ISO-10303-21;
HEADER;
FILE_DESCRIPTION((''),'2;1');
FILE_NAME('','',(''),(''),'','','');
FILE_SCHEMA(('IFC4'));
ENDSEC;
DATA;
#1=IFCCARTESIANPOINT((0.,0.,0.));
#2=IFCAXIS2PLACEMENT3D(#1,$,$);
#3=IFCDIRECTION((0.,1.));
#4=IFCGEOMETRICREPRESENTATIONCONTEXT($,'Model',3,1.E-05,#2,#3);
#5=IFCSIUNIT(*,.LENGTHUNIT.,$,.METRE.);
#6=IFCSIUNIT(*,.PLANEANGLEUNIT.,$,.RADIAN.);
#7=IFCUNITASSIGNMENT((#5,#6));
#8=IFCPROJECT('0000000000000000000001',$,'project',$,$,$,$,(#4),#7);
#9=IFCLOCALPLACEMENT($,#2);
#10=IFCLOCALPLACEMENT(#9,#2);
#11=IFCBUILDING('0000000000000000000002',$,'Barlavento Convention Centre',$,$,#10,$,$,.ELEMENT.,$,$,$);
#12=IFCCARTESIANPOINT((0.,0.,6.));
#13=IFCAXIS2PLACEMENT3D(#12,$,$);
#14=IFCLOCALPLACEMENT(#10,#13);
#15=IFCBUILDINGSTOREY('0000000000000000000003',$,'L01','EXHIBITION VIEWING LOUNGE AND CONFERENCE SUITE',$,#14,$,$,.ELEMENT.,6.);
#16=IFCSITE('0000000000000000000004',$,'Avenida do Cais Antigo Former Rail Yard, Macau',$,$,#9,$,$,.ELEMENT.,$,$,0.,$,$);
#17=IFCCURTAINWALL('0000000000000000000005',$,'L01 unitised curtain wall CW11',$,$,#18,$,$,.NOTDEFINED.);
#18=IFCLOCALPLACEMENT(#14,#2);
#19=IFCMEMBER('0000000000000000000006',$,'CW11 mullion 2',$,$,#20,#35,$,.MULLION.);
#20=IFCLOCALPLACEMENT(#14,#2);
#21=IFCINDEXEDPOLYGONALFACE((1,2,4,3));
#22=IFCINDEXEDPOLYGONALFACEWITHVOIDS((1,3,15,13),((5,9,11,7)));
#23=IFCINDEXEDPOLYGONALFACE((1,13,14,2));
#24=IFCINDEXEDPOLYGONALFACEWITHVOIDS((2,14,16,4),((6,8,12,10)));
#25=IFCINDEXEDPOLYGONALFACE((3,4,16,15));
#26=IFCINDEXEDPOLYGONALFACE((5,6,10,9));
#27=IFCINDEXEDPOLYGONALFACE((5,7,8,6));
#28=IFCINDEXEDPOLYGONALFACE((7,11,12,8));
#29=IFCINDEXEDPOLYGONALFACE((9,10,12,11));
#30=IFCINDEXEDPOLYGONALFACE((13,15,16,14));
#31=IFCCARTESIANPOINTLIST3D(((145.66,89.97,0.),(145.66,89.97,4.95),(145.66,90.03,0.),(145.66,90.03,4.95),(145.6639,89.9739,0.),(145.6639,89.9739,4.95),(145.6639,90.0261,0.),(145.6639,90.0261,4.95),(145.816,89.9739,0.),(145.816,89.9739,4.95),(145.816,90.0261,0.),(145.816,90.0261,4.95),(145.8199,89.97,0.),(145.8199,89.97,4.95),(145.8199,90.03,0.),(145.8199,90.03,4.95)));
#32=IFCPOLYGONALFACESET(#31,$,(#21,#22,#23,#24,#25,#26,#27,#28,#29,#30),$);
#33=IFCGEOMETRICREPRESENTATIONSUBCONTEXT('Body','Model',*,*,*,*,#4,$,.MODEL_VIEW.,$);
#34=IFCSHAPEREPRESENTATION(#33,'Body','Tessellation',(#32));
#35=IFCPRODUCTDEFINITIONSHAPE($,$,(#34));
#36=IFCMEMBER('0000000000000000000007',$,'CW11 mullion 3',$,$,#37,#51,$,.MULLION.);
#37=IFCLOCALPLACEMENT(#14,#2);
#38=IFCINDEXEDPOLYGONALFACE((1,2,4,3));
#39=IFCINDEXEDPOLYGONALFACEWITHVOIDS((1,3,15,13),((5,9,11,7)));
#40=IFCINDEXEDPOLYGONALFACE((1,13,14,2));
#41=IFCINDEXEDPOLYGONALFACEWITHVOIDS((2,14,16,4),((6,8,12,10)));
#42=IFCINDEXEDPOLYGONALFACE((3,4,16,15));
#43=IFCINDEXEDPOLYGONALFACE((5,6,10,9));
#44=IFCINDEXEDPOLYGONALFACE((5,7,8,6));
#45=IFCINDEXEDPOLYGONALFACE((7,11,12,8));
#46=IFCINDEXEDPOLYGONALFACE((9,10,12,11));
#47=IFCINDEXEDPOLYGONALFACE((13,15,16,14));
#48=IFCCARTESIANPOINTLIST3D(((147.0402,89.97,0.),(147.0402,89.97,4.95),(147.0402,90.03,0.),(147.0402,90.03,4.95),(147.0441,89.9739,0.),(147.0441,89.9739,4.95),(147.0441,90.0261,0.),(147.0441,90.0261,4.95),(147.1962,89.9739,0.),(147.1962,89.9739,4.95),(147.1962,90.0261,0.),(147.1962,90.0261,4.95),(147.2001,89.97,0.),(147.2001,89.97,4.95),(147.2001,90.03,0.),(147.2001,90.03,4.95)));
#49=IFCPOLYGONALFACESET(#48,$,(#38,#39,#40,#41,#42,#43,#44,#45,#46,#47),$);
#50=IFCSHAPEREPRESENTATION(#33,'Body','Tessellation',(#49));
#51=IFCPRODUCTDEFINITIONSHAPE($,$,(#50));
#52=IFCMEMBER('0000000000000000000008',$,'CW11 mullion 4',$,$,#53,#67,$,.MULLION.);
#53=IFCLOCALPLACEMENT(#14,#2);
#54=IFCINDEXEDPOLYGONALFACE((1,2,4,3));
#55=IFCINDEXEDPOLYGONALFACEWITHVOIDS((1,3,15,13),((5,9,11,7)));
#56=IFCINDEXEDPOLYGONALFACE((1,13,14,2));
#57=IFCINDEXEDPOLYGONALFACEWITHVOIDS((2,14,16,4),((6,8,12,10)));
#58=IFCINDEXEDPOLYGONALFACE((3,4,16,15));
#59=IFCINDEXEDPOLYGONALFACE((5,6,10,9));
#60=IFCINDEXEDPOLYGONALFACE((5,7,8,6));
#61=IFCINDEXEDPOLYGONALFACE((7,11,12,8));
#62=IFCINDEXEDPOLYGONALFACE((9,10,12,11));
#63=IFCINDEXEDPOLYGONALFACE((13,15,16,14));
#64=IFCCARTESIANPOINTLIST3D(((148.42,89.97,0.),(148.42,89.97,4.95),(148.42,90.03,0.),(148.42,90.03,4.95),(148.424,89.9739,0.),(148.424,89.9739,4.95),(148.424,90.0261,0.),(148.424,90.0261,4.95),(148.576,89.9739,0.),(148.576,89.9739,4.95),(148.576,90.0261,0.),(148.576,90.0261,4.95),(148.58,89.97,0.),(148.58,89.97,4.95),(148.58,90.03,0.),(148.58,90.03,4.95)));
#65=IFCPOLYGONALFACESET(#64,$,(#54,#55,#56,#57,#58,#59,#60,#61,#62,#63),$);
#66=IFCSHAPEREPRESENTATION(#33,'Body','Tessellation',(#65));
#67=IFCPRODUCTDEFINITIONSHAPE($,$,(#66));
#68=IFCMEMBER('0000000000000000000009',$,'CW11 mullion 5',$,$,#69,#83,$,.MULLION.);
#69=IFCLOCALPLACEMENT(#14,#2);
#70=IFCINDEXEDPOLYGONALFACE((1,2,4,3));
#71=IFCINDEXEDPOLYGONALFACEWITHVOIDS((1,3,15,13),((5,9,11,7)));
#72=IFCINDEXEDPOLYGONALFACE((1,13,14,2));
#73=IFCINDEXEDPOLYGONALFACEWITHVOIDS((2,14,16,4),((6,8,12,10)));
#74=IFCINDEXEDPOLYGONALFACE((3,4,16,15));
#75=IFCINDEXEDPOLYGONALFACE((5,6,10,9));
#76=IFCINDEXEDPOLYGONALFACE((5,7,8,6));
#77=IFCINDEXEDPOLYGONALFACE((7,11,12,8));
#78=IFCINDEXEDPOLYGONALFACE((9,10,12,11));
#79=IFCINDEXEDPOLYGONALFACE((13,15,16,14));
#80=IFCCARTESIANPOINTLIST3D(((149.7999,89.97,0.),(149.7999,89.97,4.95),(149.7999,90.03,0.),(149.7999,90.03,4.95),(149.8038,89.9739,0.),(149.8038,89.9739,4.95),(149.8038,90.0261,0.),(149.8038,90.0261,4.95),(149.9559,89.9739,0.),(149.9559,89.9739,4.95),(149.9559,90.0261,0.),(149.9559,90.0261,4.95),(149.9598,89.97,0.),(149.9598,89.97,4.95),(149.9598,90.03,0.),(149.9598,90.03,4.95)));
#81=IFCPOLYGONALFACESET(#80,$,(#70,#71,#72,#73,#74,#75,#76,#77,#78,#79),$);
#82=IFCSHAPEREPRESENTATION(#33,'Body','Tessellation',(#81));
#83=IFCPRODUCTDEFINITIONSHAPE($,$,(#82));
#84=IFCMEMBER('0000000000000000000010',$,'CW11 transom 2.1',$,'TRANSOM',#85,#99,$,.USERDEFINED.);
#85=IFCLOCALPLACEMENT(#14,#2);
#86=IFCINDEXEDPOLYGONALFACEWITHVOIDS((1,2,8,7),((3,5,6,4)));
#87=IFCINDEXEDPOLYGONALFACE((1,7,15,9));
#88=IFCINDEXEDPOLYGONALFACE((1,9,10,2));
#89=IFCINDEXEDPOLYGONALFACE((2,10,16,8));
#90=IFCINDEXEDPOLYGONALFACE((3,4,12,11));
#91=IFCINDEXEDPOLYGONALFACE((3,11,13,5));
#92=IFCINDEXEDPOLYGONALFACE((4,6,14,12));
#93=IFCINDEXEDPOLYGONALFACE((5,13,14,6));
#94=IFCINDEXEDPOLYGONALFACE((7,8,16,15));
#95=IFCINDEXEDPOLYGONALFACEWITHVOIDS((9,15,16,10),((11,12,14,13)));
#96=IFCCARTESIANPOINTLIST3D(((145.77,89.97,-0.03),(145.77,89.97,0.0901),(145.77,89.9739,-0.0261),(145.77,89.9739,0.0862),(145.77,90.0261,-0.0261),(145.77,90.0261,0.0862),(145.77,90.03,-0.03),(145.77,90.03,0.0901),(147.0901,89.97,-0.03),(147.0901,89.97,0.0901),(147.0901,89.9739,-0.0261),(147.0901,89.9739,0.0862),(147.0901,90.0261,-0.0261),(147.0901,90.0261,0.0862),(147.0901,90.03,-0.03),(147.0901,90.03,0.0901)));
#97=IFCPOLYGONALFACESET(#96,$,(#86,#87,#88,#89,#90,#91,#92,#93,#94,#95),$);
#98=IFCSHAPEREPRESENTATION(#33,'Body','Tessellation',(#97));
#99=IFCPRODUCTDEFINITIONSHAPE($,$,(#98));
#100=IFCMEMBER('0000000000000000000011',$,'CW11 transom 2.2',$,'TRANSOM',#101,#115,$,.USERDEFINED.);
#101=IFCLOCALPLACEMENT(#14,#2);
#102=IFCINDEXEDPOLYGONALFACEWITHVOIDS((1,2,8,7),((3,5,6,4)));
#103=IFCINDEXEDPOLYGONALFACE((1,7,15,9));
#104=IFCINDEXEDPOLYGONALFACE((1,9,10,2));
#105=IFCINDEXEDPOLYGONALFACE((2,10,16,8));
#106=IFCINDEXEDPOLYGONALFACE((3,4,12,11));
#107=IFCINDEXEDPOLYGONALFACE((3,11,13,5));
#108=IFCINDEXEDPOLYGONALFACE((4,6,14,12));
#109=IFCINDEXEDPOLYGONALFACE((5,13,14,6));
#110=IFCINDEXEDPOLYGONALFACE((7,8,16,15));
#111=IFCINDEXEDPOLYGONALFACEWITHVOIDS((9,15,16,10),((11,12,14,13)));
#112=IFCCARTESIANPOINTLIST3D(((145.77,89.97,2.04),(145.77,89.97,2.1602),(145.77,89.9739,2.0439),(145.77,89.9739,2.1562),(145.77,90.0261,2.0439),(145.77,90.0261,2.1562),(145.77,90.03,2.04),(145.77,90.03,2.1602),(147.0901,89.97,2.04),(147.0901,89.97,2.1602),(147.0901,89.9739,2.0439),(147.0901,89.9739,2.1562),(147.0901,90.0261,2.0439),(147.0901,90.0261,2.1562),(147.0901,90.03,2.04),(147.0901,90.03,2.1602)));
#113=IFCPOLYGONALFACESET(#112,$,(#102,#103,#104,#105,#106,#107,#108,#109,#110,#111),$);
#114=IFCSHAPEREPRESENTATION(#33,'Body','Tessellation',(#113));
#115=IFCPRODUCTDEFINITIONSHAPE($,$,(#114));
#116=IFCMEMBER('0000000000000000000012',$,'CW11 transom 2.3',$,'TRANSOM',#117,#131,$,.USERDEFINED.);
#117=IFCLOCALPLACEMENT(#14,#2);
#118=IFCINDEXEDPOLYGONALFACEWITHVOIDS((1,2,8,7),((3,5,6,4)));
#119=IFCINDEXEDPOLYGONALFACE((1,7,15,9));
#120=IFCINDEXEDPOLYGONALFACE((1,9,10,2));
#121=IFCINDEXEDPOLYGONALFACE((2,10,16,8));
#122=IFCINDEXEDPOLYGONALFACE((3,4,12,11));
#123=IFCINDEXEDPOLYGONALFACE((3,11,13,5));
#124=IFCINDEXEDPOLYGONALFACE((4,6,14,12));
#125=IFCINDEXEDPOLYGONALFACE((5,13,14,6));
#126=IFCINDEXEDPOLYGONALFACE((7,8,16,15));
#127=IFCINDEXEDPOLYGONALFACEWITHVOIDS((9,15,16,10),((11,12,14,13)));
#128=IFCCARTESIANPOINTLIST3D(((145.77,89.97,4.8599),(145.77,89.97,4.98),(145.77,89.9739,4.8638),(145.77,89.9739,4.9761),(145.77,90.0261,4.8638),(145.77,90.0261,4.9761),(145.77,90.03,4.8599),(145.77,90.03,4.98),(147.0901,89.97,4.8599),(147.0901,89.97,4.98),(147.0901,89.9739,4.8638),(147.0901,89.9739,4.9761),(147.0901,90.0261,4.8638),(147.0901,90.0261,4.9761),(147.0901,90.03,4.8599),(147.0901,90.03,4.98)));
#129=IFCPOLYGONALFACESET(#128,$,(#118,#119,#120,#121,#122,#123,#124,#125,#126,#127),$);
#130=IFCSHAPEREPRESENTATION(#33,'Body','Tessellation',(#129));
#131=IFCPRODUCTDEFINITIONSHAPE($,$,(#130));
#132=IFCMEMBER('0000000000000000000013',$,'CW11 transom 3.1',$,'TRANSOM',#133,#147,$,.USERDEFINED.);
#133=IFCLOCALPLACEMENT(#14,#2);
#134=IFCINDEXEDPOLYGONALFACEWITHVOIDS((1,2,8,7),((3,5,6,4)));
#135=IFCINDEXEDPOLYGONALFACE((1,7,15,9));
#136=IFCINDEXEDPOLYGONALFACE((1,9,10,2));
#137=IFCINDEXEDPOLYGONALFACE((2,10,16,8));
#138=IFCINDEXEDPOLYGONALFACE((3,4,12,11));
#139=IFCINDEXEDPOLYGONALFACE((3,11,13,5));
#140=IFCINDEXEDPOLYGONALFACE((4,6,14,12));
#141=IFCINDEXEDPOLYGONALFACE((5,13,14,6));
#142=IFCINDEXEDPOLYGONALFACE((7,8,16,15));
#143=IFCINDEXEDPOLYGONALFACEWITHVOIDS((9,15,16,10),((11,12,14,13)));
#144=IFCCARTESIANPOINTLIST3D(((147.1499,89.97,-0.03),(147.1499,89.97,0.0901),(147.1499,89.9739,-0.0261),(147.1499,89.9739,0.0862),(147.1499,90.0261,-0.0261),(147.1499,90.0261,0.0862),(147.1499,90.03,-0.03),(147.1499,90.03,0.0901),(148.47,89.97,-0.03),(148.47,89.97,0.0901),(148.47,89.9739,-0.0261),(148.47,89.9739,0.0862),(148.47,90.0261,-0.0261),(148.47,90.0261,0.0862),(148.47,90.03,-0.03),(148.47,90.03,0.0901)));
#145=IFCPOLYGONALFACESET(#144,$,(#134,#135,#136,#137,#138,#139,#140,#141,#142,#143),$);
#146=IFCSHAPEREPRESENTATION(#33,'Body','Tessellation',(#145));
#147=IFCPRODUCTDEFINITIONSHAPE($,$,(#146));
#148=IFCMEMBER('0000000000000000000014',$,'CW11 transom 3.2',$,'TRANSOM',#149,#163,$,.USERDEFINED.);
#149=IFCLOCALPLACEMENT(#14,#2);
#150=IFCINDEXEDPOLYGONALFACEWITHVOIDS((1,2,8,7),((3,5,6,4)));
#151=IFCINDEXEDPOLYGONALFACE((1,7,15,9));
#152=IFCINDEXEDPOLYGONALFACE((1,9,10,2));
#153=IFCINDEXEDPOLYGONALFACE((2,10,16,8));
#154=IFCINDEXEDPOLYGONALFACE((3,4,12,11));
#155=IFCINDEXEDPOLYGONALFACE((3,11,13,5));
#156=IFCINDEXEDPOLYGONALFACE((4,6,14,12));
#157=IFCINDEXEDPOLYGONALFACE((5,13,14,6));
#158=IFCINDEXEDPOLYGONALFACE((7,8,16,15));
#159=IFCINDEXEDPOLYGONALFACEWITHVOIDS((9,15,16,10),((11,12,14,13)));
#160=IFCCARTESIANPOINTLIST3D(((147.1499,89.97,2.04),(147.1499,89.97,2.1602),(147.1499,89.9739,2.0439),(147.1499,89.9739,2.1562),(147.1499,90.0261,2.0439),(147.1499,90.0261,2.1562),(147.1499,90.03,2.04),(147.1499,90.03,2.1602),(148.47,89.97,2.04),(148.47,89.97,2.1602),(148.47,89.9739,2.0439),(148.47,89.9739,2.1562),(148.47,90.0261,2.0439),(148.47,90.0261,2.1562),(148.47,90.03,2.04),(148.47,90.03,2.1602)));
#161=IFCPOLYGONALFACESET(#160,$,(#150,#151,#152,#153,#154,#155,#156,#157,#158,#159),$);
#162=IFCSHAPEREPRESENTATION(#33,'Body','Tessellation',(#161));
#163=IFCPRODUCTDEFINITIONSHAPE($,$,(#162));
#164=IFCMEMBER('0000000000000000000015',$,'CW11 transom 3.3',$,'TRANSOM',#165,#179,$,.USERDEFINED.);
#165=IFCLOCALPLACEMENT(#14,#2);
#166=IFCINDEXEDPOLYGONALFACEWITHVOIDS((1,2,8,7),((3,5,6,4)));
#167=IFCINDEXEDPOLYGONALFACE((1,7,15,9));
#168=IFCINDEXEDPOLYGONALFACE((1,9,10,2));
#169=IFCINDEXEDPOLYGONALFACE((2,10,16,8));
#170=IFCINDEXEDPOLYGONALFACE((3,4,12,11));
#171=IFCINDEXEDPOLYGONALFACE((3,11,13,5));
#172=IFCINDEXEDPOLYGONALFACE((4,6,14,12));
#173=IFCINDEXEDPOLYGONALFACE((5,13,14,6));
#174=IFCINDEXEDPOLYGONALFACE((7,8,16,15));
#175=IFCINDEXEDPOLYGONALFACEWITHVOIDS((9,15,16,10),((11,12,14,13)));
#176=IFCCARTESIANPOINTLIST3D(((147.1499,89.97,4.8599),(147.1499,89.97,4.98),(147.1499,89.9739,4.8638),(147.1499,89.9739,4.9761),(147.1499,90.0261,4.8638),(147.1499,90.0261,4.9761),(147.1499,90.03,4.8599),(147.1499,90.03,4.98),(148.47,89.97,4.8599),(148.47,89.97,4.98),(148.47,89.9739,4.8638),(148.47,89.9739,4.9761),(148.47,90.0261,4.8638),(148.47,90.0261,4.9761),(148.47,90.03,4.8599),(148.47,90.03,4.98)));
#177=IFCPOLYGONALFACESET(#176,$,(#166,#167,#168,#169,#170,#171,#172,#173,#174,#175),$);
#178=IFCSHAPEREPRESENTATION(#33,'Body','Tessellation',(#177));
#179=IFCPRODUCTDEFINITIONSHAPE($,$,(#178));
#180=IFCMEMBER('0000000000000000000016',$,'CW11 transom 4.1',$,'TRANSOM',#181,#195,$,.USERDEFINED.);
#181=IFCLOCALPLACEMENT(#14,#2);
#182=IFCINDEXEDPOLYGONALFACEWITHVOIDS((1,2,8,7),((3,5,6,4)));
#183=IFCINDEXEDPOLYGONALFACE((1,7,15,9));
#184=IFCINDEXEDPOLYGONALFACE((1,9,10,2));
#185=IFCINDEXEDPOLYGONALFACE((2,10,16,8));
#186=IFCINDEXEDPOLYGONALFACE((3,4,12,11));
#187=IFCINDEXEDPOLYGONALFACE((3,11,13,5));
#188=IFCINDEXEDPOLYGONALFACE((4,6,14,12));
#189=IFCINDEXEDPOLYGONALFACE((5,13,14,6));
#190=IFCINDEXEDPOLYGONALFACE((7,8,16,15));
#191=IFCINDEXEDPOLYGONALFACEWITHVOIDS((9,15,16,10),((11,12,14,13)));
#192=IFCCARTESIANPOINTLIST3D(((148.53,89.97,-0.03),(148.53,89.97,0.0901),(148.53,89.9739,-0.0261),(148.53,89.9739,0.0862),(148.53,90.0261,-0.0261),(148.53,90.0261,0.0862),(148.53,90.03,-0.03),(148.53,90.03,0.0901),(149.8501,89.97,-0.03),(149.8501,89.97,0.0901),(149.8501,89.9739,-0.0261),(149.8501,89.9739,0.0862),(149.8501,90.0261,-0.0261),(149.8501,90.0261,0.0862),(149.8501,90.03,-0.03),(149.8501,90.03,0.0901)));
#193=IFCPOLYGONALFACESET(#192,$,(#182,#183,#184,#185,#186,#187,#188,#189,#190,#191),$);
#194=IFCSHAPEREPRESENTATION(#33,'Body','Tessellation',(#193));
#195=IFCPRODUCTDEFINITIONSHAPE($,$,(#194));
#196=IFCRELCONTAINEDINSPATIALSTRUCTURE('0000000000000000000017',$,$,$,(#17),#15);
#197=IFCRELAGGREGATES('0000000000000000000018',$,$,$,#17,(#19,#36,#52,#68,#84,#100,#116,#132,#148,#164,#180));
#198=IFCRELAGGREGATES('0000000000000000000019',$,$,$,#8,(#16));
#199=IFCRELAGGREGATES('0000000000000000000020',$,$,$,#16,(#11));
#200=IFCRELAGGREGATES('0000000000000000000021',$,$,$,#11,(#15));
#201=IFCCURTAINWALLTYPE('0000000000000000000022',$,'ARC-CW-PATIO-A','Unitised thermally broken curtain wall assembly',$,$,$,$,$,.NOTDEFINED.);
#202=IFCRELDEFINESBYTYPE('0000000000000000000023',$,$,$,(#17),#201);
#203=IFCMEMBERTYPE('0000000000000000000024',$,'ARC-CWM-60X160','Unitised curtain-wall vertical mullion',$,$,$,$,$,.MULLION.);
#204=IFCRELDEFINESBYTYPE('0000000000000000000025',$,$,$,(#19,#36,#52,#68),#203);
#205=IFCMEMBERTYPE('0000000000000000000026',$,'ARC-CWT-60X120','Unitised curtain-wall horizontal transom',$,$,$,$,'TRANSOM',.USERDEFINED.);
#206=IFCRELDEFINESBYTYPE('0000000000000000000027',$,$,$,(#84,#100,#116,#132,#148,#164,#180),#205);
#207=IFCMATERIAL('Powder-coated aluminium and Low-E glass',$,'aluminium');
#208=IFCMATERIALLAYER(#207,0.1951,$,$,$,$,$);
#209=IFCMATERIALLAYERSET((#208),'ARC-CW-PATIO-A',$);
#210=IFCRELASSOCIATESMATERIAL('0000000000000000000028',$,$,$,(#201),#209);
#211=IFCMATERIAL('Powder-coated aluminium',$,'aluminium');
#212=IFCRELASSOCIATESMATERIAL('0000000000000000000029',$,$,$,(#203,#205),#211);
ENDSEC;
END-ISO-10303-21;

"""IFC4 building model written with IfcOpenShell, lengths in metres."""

from ifc_helpers import new_model, si_unit, direction, frame, origin, origin_2d, place, context, subcontext, project, spatial, hollow_rectangle, extrude, material, layer, layer_set, material_profile, profile_set, type_object, element, aggregate, save


model = new_model("IFC4")

# Units and contexts
model_context = context("Model", 3, precision=1e-05, world=origin(), true_north=direction((0.0, 1.0)))
body_context = subcontext(model_context, "Body", "Model", "MODEL_VIEW")
ifc_project = project(units=[si_unit("LENGTHUNIT", "METRE"), si_unit("PLANEANGLEUNIT", "RADIAN")], contexts=[model_context])

# Site, building, storey
site_placement = place(None, origin())
site = spatial("IfcSite", under=ifc_project, at=site_placement, Name="Avenida do Cais Antigo Former Rail Yard, Macau", CompositionType="ELEMENT", RefElevation=0.0)
building_placement = place(site_placement, origin())
building = spatial("IfcBuilding", under=site, at=building_placement, Name="Barlavento Convention Centre", CompositionType="ELEMENT")
storey_placement = place(building_placement, frame((0.0, 0.0, 6.0)))
storey = spatial("IfcBuildingStorey", under=building, at=storey_placement, Name="L01", Description="EXHIBITION VIEWING LOUNGE AND CONFERENCE SUITE", CompositionType="ELEMENT", Elevation=6.0)

# Curtain wall, members
ifc_material_1 = material(Name="Powder-coated aluminium and Low-E glass", Category="aluminium")
ifc_layer_1 = layer(ifc_material_1, 0.1951)
ifc_layer_set_1 = layer_set([ifc_layer_1], Name="ARC-CW-PATIO-A")
curtain_wall_type = type_object("IfcCurtainWallType", Name="ARC-CW-PATIO-A", Description="Unitised thermally broken curtain wall assembly", PredefinedType="NOTDEFINED", material=ifc_layer_set_1)
curtain_wall_placement = place(storey_placement, origin())
curtain_wall = element("IfcCurtainWall", 1, at=curtain_wall_placement, inside=storey, type_object=curtain_wall_type, Name="L01 unitised curtain wall CW11", PredefinedType="NOTDEFINED")
ifc_material_2 = material(Name="Powder-coated aluminium", Category="aluminium")
ifc_material_profile_1 = material_profile(ifc_material_2, hollow_rectangle(XDim=0.0601, YDim=0.1599, WallThickness=0.0039, at=origin_2d()), Name="AL-MULL 60x160x4")
ifc_profile_set_1 = profile_set([ifc_material_profile_1], Name="Powder-coated aluminium")
member_type_1 = type_object("IfcMemberType", Name="ARC-CWM-60X160", Description="Unitised curtain-wall vertical mullion", PredefinedType="MULLION", material=ifc_profile_set_1)
member_1_placement = place(storey_placement, frame((145.74, 90.0, 0.0), z_axis=(0.0, 0.0, 1.0), x_axis=(0.0, 1.0, 0.0)))
member_1 = element("IfcMember", 2, at=member_1_placement, type_object=member_type_1, Name="CW11 mullion 2", PredefinedType="MULLION", context=body_context, shape_type="SweptSolid", body=[
    extrude(hollow_rectangle(XDim=0.0601, YDim=0.1599, WallThickness=0.0039, at=origin_2d()), origin(), (0.0, 0.0, 1.0), 4.95),
])
member_2_placement = place(storey_placement, frame((147.1201, 90.0, 0.0), z_axis=(0.0, 0.0, 1.0), x_axis=(0.0, 1.0, 0.0)))
member_2 = element("IfcMember", 3, at=member_2_placement, type_object=member_type_1, Name="CW11 mullion 3", PredefinedType="MULLION", context=body_context, shape_type="SweptSolid", body=[
    extrude(hollow_rectangle(XDim=0.0601, YDim=0.1599, WallThickness=0.0039, at=origin_2d()), origin(), (0.0, 0.0, 1.0), 4.95),
])
member_3_placement = place(storey_placement, frame((148.5, 90.0, 0.0), z_axis=(0.0, 0.0, 1.0), x_axis=(0.0, 1.0, 0.0)))
member_3 = element("IfcMember", 4, at=member_3_placement, type_object=member_type_1, Name="CW11 mullion 4", PredefinedType="MULLION", context=body_context, shape_type="SweptSolid", body=[
    extrude(hollow_rectangle(XDim=0.0601, YDim=0.1599, WallThickness=0.0039, at=origin_2d()), origin(), (0.0, 0.0, 1.0), 4.95),
])
member_4_placement = place(storey_placement, frame((149.8799, 90.0, 0.0), z_axis=(0.0, 0.0, 1.0), x_axis=(0.0, 1.0, 0.0)))
member_4 = element("IfcMember", 5, at=member_4_placement, type_object=member_type_1, Name="CW11 mullion 5", PredefinedType="MULLION", context=body_context, shape_type="SweptSolid", body=[
    extrude(hollow_rectangle(XDim=0.0601, YDim=0.1599, WallThickness=0.0039, at=origin_2d()), origin(), (0.0, 0.0, 1.0), 4.95),
])
ifc_material_profile_2 = material_profile(ifc_material_2, hollow_rectangle(XDim=0.0601, YDim=0.1201, WallThickness=0.0039, at=origin_2d()), Name="AL-TRAN 60x120x4")
ifc_profile_set_2 = profile_set([ifc_material_profile_2], Name="Powder-coated aluminium")
member_type_2 = type_object("IfcMemberType", Name="ARC-CWT-60X120", Description="Unitised curtain-wall horizontal transom", ElementType="TRANSOM", PredefinedType="USERDEFINED", material=ifc_profile_set_2)
member_5_placement = place(storey_placement, frame((145.77, 90.0, 0.03), z_axis=(1.0, 0.0, 0.0), x_axis=(0.0, 1.0, 0.0)))
member_5 = element("IfcMember", 6, at=member_5_placement, type_object=member_type_2, Name="CW11 transom 2.1", ObjectType="TRANSOM", PredefinedType="USERDEFINED", context=body_context, shape_type="SweptSolid", body=[
    extrude(hollow_rectangle(XDim=0.0601, YDim=0.1201, WallThickness=0.0039, at=origin_2d()), origin(), (0.0, 0.0, 1.0), 1.3201),
])
member_6_placement = place(storey_placement, frame((145.77, 90.0, 2.1001), z_axis=(1.0, 0.0, 0.0), x_axis=(0.0, 1.0, 0.0)))
member_6 = element("IfcMember", 7, at=member_6_placement, type_object=member_type_2, Name="CW11 transom 2.2", ObjectType="TRANSOM", PredefinedType="USERDEFINED", context=body_context, shape_type="SweptSolid", body=[
    extrude(hollow_rectangle(XDim=0.0601, YDim=0.1201, WallThickness=0.0039, at=origin_2d()), origin(), (0.0, 0.0, 1.0), 1.3201),
])
member_7_placement = place(storey_placement, frame((145.77, 90.0, 4.9199), z_axis=(1.0, 0.0, 0.0), x_axis=(0.0, 1.0, 0.0)))
member_7 = element("IfcMember", 8, at=member_7_placement, type_object=member_type_2, Name="CW11 transom 2.3", ObjectType="TRANSOM", PredefinedType="USERDEFINED", context=body_context, shape_type="SweptSolid", body=[
    extrude(hollow_rectangle(XDim=0.0601, YDim=0.1201, WallThickness=0.0039, at=origin_2d()), origin(), (0.0, 0.0, 1.0), 1.3201),
])
member_8_placement = place(storey_placement, frame((147.1499, 90.0, 0.03), z_axis=(1.0, 0.0, 0.0), x_axis=(0.0, 1.0, 0.0)))
member_8 = element("IfcMember", 9, at=member_8_placement, type_object=member_type_2, Name="CW11 transom 3.1", ObjectType="TRANSOM", PredefinedType="USERDEFINED", context=body_context, shape_type="SweptSolid", body=[
    extrude(hollow_rectangle(XDim=0.0601, YDim=0.1201, WallThickness=0.0039, at=origin_2d()), origin(), (0.0, 0.0, 1.0), 1.3201),
])
member_9_placement = place(storey_placement, frame((147.1499, 90.0, 2.1001), z_axis=(1.0, 0.0, 0.0), x_axis=(0.0, 1.0, 0.0)))
member_9 = element("IfcMember", 10, at=member_9_placement, type_object=member_type_2, Name="CW11 transom 3.2", ObjectType="TRANSOM", PredefinedType="USERDEFINED", context=body_context, shape_type="SweptSolid", body=[
    extrude(hollow_rectangle(XDim=0.0601, YDim=0.1201, WallThickness=0.0039, at=origin_2d()), origin(), (0.0, 0.0, 1.0), 1.3201),
])
member_10_placement = place(storey_placement, frame((147.1499, 90.0, 4.9199), z_axis=(1.0, 0.0, 0.0), x_axis=(0.0, 1.0, 0.0)))
member_10 = element("IfcMember", 11, at=member_10_placement, type_object=member_type_2, Name="CW11 transom 3.3", ObjectType="TRANSOM", PredefinedType="USERDEFINED", context=body_context, shape_type="SweptSolid", body=[
    extrude(hollow_rectangle(XDim=0.0601, YDim=0.1201, WallThickness=0.0039, at=origin_2d()), origin(), (0.0, 0.0, 1.0), 1.3201),
])
member_11_placement = place(storey_placement, frame((148.53, 90.0, 0.03), z_axis=(1.0, 0.0, 0.0), x_axis=(0.0, 1.0, 0.0)))
member_11 = element("IfcMember", 12, at=member_11_placement, type_object=member_type_2, Name="CW11 transom 4.1", ObjectType="TRANSOM", PredefinedType="USERDEFINED", context=body_context, shape_type="SweptSolid", body=[
    extrude(hollow_rectangle(XDim=0.0601, YDim=0.1201, WallThickness=0.0039, at=origin_2d()), origin(), (0.0, 0.0, 1.0), 1.3201),
])
aggregate(curtain_wall, [member_1, member_2, member_3, member_4, member_5, member_6, member_7, member_8, member_9, member_10, member_11])

save(model, "model.ifc")
